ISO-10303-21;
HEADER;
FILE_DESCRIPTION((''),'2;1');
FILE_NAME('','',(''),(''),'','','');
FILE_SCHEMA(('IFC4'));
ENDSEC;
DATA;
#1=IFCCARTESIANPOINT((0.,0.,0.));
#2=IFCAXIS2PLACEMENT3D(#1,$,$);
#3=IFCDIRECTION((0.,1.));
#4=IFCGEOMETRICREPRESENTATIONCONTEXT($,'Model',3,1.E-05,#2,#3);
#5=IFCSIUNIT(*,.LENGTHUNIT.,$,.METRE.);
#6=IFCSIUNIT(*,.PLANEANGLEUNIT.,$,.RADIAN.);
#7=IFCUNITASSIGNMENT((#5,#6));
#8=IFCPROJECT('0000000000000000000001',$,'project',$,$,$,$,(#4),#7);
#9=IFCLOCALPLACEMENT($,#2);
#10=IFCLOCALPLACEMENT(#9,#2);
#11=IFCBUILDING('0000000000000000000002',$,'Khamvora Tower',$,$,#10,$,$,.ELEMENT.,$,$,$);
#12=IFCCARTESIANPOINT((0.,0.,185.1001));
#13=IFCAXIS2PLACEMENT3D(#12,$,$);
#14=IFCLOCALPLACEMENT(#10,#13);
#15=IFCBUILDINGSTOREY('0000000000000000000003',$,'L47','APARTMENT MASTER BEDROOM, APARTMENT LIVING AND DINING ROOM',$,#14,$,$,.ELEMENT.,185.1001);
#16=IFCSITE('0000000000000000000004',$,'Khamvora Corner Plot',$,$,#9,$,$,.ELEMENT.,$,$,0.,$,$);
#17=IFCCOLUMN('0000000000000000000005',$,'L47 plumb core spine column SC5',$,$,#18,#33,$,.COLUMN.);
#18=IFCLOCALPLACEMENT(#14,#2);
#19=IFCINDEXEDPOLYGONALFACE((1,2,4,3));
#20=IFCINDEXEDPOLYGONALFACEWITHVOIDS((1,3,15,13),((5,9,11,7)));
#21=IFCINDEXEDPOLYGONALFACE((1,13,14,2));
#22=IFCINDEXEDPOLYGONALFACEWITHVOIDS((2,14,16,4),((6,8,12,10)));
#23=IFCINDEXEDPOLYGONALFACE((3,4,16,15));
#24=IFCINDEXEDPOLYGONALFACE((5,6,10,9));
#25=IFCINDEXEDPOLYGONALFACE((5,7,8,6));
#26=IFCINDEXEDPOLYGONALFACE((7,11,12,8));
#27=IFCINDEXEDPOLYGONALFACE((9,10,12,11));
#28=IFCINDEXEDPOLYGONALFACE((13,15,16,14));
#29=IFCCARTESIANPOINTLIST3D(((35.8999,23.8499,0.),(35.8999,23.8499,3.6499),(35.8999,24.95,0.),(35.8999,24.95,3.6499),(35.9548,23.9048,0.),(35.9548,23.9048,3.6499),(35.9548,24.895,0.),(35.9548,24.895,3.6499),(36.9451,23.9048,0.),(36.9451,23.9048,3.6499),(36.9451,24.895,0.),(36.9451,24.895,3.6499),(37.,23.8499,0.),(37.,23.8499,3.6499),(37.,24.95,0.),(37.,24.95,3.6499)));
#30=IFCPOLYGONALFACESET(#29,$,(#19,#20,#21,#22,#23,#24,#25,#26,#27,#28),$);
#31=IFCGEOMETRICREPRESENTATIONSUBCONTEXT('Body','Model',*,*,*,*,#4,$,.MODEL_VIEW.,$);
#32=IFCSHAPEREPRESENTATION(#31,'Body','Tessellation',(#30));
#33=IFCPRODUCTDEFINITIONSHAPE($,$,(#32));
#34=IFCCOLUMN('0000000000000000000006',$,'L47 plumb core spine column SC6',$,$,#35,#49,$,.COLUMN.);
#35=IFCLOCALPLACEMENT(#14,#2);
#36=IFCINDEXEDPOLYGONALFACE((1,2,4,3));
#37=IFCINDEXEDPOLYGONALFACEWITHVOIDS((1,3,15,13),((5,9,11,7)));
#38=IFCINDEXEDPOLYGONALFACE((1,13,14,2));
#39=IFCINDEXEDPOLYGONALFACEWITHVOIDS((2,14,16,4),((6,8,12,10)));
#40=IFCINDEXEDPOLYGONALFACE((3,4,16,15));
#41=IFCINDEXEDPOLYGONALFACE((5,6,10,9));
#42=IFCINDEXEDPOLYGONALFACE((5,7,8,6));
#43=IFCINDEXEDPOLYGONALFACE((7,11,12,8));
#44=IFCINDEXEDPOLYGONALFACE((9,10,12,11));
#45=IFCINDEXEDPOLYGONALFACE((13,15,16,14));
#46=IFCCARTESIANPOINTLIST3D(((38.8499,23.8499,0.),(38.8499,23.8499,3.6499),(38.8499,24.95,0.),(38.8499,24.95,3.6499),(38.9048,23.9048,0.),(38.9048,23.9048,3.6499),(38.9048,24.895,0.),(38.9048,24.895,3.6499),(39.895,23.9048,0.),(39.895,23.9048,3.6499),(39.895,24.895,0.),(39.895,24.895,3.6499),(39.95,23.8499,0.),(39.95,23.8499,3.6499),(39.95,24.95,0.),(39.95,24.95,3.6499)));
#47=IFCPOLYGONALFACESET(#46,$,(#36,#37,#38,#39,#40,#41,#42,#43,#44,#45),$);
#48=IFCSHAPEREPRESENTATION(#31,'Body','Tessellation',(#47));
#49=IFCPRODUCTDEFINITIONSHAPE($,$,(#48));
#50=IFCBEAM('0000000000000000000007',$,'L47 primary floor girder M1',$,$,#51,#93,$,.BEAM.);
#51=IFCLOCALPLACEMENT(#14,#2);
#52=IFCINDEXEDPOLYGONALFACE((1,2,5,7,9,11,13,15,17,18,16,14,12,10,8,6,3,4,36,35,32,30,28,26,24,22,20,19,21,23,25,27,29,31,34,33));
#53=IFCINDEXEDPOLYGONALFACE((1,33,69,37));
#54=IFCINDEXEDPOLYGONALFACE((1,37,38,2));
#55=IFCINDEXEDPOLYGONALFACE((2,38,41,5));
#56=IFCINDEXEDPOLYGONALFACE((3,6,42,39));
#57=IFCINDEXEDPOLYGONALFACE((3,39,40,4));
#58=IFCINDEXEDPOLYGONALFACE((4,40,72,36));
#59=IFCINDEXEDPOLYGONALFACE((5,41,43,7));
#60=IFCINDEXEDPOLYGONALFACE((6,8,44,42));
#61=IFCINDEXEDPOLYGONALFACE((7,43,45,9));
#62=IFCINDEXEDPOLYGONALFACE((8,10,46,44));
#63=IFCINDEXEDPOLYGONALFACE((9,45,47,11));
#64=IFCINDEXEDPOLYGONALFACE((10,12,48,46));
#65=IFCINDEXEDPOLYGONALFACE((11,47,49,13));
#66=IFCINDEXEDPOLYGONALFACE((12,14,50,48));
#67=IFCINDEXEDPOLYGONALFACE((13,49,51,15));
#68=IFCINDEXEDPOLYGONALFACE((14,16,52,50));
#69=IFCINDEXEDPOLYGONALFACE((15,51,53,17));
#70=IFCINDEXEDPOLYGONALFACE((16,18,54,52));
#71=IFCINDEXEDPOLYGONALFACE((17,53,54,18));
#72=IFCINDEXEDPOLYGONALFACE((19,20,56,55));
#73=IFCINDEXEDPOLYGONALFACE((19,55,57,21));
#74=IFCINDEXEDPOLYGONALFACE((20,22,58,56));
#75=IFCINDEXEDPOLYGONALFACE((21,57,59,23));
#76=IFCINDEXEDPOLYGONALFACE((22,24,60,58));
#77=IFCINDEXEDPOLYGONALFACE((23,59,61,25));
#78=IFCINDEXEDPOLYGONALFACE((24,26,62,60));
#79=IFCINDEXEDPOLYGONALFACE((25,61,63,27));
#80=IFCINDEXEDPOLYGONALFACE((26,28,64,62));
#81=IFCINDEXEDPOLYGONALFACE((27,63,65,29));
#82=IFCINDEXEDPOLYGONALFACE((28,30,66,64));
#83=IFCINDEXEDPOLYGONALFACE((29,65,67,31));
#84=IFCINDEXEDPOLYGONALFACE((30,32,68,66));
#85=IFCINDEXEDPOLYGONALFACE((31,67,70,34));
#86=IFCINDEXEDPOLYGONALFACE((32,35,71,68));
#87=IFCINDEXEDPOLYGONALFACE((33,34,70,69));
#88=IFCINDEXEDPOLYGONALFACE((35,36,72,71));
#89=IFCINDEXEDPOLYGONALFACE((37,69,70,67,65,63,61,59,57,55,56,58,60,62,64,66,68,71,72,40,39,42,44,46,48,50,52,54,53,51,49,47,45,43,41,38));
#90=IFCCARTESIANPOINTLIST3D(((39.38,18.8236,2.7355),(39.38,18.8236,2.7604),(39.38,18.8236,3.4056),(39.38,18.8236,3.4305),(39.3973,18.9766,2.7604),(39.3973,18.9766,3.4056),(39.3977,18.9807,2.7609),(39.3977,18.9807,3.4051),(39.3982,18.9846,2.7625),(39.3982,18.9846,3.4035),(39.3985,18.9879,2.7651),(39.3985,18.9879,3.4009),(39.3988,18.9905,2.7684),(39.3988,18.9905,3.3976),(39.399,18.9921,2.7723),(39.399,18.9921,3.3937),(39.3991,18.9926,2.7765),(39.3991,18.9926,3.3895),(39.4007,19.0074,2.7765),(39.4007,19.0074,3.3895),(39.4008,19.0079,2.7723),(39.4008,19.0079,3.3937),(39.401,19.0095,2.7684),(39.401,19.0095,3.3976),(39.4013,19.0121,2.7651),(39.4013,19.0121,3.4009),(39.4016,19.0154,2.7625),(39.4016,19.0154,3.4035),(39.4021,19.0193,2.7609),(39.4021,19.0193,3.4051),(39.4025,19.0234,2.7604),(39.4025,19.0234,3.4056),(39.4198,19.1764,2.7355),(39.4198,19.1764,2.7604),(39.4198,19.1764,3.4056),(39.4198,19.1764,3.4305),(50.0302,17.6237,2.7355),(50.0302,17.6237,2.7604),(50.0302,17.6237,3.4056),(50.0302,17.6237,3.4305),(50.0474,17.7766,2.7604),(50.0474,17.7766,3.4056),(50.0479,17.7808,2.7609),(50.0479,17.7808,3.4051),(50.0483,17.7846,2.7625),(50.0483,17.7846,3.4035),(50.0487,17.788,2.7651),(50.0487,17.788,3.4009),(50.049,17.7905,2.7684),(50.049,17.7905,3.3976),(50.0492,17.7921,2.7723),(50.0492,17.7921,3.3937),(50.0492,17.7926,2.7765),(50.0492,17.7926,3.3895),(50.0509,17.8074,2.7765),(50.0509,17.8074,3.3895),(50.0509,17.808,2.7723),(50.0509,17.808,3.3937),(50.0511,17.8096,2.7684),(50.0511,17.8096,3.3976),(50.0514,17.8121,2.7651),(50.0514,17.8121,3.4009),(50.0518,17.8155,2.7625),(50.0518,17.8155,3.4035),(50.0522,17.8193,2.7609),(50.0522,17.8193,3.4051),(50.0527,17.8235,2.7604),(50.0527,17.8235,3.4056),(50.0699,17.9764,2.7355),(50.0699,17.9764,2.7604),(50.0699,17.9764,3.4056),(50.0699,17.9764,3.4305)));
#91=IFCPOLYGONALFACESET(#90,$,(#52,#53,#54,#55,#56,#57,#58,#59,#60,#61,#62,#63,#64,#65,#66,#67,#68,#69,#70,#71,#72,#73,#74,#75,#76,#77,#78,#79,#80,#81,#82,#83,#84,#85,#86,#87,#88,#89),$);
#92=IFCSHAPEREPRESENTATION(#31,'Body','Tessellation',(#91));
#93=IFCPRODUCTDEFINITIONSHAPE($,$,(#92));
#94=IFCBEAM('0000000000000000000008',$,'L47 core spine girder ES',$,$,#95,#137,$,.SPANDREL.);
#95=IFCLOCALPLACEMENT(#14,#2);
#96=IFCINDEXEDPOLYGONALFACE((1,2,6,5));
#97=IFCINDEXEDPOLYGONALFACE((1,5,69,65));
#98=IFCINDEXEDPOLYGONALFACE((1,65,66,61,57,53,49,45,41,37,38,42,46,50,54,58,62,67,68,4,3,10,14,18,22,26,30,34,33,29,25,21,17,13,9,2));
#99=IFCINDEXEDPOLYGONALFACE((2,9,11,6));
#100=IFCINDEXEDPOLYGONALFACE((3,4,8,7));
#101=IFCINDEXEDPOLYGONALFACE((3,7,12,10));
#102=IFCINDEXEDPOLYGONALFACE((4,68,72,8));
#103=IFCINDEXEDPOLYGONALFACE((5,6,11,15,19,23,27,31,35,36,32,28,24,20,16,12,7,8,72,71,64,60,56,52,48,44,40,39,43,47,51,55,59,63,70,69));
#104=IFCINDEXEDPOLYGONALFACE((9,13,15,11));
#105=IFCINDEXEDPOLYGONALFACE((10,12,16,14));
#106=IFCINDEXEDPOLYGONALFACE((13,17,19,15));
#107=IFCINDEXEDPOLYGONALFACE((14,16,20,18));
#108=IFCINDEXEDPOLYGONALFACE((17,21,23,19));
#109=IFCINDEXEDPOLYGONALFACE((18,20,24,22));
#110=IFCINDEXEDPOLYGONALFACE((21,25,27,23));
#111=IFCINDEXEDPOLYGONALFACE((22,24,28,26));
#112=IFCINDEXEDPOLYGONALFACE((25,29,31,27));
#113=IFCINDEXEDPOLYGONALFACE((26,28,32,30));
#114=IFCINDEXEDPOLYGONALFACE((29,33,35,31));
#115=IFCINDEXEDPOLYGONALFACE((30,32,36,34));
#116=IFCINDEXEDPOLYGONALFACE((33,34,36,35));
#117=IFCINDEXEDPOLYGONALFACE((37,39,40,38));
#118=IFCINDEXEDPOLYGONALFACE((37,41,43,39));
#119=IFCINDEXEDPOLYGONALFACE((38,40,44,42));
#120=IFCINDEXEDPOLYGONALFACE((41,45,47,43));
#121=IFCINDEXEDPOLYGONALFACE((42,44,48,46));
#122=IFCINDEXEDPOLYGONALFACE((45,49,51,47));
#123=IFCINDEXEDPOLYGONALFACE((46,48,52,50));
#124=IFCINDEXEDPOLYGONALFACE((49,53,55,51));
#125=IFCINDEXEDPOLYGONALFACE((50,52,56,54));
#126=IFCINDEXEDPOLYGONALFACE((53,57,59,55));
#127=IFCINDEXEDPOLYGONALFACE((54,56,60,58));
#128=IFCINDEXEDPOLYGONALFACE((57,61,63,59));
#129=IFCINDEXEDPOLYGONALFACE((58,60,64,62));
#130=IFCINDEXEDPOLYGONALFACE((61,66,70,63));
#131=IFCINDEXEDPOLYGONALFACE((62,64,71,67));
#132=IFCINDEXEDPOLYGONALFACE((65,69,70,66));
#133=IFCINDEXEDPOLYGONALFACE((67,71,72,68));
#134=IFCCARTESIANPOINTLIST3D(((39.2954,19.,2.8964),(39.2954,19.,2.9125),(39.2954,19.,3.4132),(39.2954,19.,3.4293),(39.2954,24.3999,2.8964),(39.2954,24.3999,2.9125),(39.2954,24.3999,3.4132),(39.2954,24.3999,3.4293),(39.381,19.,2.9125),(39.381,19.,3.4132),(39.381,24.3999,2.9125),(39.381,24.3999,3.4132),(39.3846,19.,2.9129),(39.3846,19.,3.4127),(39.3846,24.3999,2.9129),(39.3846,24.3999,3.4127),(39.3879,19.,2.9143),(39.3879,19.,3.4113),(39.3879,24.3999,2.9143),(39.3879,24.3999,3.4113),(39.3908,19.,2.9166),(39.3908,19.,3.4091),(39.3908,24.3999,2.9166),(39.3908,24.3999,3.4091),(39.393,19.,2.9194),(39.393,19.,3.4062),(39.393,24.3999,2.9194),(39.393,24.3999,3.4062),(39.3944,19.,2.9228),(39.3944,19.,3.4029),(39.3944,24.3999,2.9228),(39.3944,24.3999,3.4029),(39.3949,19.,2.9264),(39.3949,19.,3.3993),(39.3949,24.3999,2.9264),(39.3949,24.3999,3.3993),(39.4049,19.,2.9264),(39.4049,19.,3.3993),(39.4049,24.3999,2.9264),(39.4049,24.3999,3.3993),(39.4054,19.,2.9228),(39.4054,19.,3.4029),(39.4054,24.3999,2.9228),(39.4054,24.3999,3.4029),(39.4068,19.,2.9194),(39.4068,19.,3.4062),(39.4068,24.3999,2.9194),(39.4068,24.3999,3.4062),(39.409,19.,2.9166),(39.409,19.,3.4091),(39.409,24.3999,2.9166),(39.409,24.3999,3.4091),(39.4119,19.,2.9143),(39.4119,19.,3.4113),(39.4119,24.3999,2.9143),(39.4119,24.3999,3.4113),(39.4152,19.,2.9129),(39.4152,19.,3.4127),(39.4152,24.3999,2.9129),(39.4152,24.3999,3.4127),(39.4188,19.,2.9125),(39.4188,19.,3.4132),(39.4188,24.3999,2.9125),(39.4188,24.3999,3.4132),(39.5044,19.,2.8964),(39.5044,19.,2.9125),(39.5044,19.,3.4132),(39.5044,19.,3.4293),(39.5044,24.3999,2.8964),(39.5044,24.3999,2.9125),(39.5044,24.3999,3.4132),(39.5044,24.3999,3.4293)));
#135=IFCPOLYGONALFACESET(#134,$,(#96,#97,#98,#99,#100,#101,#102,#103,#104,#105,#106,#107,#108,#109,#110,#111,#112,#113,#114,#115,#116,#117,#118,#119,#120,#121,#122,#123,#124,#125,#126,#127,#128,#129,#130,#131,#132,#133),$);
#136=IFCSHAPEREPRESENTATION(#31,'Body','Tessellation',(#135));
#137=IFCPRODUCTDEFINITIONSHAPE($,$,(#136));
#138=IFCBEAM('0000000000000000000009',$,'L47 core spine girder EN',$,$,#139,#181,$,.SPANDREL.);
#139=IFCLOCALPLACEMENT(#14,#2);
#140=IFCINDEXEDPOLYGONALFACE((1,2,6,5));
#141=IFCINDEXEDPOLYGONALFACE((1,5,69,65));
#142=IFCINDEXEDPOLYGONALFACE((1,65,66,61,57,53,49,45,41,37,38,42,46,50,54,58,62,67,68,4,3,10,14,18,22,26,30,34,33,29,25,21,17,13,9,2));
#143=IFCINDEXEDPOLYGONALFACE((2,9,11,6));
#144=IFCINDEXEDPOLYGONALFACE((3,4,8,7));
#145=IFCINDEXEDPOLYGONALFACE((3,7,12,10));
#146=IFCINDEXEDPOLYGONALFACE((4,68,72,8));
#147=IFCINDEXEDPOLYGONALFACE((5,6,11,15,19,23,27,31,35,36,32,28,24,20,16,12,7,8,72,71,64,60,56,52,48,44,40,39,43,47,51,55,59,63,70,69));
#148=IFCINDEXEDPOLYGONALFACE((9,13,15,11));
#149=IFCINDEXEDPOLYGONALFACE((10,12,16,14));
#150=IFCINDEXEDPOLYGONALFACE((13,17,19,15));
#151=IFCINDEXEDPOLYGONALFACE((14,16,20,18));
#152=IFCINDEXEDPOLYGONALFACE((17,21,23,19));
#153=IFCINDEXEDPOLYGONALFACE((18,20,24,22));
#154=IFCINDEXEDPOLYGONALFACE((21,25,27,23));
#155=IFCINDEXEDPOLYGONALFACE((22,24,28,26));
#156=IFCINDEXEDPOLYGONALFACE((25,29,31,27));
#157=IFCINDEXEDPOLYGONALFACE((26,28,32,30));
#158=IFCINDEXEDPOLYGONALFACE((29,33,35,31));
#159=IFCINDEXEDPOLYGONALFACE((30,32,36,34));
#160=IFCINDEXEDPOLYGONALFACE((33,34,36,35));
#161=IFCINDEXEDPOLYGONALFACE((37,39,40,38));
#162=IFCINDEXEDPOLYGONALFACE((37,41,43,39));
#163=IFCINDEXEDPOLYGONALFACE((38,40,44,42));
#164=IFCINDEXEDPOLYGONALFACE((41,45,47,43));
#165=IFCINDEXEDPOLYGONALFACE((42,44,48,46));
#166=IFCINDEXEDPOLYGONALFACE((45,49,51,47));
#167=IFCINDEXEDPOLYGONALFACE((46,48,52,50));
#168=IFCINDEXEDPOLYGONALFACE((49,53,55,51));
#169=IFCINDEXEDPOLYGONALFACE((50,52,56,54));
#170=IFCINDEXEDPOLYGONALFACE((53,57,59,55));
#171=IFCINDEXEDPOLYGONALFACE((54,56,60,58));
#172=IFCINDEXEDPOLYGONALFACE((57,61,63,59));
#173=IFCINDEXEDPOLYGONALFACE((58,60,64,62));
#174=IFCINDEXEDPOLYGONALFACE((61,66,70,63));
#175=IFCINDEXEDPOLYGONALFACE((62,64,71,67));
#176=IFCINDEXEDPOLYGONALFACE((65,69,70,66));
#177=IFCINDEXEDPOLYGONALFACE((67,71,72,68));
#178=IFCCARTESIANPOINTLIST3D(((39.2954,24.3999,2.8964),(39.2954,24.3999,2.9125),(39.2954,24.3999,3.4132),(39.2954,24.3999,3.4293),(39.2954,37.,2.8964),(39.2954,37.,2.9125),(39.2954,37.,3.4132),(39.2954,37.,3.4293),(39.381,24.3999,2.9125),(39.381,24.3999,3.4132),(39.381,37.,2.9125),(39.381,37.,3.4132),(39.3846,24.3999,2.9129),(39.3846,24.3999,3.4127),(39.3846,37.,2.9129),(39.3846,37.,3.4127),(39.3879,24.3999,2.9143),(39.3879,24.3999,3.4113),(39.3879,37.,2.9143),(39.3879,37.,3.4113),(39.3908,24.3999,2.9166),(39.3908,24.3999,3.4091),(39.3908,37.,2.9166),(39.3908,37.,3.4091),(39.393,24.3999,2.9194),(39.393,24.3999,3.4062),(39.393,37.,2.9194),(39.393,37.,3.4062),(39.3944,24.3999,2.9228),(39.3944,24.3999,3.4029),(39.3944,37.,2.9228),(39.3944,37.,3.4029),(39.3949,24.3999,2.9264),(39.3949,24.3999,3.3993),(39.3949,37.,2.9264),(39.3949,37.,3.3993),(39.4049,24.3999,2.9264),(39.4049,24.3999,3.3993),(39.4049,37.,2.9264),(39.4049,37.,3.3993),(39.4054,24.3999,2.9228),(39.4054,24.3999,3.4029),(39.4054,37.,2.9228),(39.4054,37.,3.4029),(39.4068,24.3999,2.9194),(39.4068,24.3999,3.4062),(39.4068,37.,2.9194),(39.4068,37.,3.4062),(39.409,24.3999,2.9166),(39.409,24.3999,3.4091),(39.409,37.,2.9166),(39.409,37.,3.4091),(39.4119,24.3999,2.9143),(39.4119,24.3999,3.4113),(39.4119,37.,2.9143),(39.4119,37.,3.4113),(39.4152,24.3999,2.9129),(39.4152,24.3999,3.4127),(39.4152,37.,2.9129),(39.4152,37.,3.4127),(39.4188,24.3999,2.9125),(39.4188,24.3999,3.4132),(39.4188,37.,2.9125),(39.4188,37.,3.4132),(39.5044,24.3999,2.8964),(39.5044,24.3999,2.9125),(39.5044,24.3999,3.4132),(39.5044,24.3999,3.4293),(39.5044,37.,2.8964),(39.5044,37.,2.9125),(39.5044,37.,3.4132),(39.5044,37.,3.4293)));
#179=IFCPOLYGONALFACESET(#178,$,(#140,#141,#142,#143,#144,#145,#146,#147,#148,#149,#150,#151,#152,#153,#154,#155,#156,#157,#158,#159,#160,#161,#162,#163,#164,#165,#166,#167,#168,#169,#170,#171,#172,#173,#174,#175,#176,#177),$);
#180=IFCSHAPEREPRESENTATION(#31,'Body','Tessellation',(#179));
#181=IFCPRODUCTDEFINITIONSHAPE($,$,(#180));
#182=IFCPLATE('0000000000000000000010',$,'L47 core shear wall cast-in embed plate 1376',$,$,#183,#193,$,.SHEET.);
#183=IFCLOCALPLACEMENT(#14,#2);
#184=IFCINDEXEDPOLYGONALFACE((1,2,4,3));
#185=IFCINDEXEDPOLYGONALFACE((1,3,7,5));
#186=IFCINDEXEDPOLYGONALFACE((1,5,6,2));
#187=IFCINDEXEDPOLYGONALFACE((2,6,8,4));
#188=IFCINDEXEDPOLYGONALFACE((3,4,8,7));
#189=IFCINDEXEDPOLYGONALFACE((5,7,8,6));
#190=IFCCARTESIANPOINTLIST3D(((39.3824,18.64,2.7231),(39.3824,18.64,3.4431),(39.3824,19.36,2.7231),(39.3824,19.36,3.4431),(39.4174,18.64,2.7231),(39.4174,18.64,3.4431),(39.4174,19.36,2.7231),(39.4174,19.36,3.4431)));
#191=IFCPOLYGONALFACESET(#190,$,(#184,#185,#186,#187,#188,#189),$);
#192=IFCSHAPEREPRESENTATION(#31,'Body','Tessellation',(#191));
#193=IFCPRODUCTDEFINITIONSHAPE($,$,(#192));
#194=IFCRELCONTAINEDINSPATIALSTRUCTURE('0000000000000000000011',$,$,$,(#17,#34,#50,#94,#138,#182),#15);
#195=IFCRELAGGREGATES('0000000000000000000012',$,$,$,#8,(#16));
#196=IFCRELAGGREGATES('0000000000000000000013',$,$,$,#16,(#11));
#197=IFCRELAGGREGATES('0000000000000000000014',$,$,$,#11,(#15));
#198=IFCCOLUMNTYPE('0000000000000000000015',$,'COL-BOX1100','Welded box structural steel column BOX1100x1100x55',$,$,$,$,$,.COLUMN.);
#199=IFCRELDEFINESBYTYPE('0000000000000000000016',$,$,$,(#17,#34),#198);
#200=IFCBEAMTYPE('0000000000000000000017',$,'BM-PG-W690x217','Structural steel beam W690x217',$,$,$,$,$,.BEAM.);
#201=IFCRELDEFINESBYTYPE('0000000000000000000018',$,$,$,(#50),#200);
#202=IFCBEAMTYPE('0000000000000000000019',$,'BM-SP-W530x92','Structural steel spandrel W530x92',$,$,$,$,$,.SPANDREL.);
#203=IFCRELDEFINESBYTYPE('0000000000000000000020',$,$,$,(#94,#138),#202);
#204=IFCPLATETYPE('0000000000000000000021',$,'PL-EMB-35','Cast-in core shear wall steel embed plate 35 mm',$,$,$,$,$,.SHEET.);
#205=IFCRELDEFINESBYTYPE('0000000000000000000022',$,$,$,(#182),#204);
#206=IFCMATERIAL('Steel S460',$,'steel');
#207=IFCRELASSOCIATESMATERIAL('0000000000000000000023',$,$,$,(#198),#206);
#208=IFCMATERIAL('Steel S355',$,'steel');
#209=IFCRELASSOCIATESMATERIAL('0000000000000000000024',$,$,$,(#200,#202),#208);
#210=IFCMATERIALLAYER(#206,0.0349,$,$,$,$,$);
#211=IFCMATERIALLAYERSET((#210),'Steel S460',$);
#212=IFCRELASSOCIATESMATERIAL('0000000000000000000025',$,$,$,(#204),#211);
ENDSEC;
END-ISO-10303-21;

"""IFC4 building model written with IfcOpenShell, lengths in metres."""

from ifc_helpers import new_model, si_unit, direction, frame, origin, origin_2d, place, context, subcontext, project, spatial, rectangle, hollow_rectangle, i_section, extrude, material, layer, layer_set, material_profile, profile_set, type_object, element, save


model = new_model("IFC4")

# Units and contexts
model_context = context("Model", 3, precision=1e-05, world=origin(), true_north=direction((0.0, 1.0)))
body_context = subcontext(model_context, "Body", "Model", "MODEL_VIEW")
ifc_project = project(units=[si_unit("LENGTHUNIT", "METRE"), si_unit("PLANEANGLEUNIT", "RADIAN")], contexts=[model_context])

# Site, building, storey
site_placement = place(None, origin())
site = spatial("IfcSite", under=ifc_project, at=site_placement, Name="Khamvora Corner Plot", CompositionType="ELEMENT", RefElevation=0.0)
building_placement = place(site_placement, origin())
building = spatial("IfcBuilding", under=site, at=building_placement, Name="Khamvora Tower", CompositionType="ELEMENT")
storey_placement = place(building_placement, frame((0.0, 0.0, 185.1001)))
storey = spatial("IfcBuildingStorey", under=building, at=storey_placement, Name="L47", Description="APARTMENT MASTER BEDROOM, APARTMENT LIVING AND DINING ROOM", CompositionType="ELEMENT", Elevation=185.1001)

# Columns
ifc_material_1 = material(Name="Steel S460", Category="steel")
ifc_material_profile_1 = material_profile(ifc_material_1, hollow_rectangle(XDim=1.1001, YDim=1.1001, WallThickness=0.0549, at=origin_2d()), Name="BOX1100x1100x55")
ifc_profile_set_1 = profile_set([ifc_material_profile_1], Name="Steel S460")
column_type = type_object("IfcColumnType", Name="COL-BOX1100", Description="Welded box structural steel column BOX1100x1100x55", PredefinedType="COLUMN", material=ifc_profile_set_1)
for number, where, z_axis, x_axis, name in (
    (1, (36.45, 24.3999, 0.0), (0.0, 0.0, 1.0), (1.0, 0.0, 0.0), "L47 plumb core spine column SC5"),
    (2, (39.3999, 24.3999, 0.0), (0.0, 0.0, 1.0), (1.0, 0.0, 0.0), "L47 plumb core spine column SC6"),
):
    element("IfcColumn", number, at=place(storey_placement, frame(where, z_axis=z_axis, x_axis=x_axis)), inside=storey, type_object=column_type, Name=name, PredefinedType="COLUMN", context=body_context, shape_type="SweptSolid", body=[
        extrude(hollow_rectangle(XDim=1.1001, YDim=1.1001, WallThickness=0.0549, at=origin_2d()), origin(), (0.0, 0.0, 1.0), 3.6499),
    ])

# Beams
ifc_material_2 = material(Name="Steel S355", Category="steel")
ifc_material_profile_2 = material_profile(ifc_material_2, i_section(OverallWidth=0.355, OverallDepth=0.6951, WebThickness=0.0149, FlangeThickness=0.0249, FilletRadius=0.0161, at=origin_2d()), Name="W690x217")
ifc_profile_set_2 = profile_set([ifc_material_profile_2], Name="Steel S355")
beam_type_1 = type_object("IfcBeamType", Name="BM-PG-W690x217", Description="Structural steel beam W690x217", PredefinedType="BEAM", material=ifc_profile_set_2)
beam_1_placement = place(storey_placement, frame((39.3999, 19.0, 3.083), z_axis=(0.993713, -0.111962, 0.0), x_axis=(0.111962, 0.993713, 0.0)))
element("IfcBeam", 3, at=beam_1_placement, inside=storey, type_object=beam_type_1, Name="L47 primary floor girder M1", PredefinedType="BEAM", context=body_context, shape_type="SweptSolid", body=[
    extrude(i_section(OverallWidth=0.355, OverallDepth=0.6951, WebThickness=0.0149, FlangeThickness=0.0249, FilletRadius=0.0161, at=origin_2d()), origin(), (0.0, 0.0, 1.0), 10.7175),
])
ifc_material_profile_3 = material_profile(ifc_material_2, i_section(OverallWidth=0.209, OverallDepth=0.533, WebThickness=0.01, FlangeThickness=0.0161, FilletRadius=0.0139, at=origin_2d()), Name="W530x92")
ifc_profile_set_3 = profile_set([ifc_material_profile_3], Name="Steel S355")
beam_type_2 = type_object("IfcBeamType", Name="BM-SP-W530x92", Description="Structural steel spandrel W530x92", PredefinedType="SPANDREL", material=ifc_profile_set_3)
beam_2_placement = place(storey_placement, frame((39.3999, 19.0, 3.1628), z_axis=(0.0, 1.0, 0.0), x_axis=(-1.0, 0.0, 0.0)))
element("IfcBeam", 4, at=beam_2_placement, inside=storey, type_object=beam_type_2, Name="L47 core spine girder ES", PredefinedType="SPANDREL", context=body_context, shape_type="SweptSolid", body=[
    extrude(i_section(OverallWidth=0.209, OverallDepth=0.533, WebThickness=0.01, FlangeThickness=0.0161, FilletRadius=0.0139, at=origin_2d()), origin(), (0.0, 0.0, 1.0), 5.3999),
])
beam_3_placement = place(storey_placement, frame((39.3999, 24.3999, 3.1628), z_axis=(0.0, 1.0, 0.0), x_axis=(-1.0, 0.0, 0.0)))
element("IfcBeam", 5, at=beam_3_placement, inside=storey, type_object=beam_type_2, Name="L47 core spine girder EN", PredefinedType="SPANDREL", context=body_context, shape_type="SweptSolid", body=[
    extrude(i_section(OverallWidth=0.209, OverallDepth=0.533, WebThickness=0.01, FlangeThickness=0.0161, FilletRadius=0.0139, at=origin_2d()), origin(), (0.0, 0.0, 1.0), 12.6001),
])

# Plate
ifc_layer_1 = layer(ifc_material_1, 0.0349)
ifc_layer_set_1 = layer_set([ifc_layer_1], Name="Steel S460")
plate_type = type_object("IfcPlateType", Name="PL-EMB-35", Description="Cast-in core shear wall steel embed plate 35 mm", PredefinedType="SHEET", material=ifc_layer_set_1)
for number, where, z_axis, x_axis, name in (
    (6, (39.3999, 19.0, 2.7231), (0.0, 0.0, 1.0), (1.0, 0.0, 0.0), "L47 core shear wall cast-in embed plate 1376"),
):
    element("IfcPlate", number, at=place(storey_placement, frame(where, z_axis=z_axis, x_axis=x_axis)), inside=storey, type_object=plate_type, Name=name, PredefinedType="SHEET", context=body_context, shape_type="SweptSolid", body=[
        extrude(rectangle(XDim=0.0349, YDim=0.72, at=origin_2d()), origin(), (0.0, 0.0, 1.0), 0.72),
    ])

save(model, "model.ifc")
